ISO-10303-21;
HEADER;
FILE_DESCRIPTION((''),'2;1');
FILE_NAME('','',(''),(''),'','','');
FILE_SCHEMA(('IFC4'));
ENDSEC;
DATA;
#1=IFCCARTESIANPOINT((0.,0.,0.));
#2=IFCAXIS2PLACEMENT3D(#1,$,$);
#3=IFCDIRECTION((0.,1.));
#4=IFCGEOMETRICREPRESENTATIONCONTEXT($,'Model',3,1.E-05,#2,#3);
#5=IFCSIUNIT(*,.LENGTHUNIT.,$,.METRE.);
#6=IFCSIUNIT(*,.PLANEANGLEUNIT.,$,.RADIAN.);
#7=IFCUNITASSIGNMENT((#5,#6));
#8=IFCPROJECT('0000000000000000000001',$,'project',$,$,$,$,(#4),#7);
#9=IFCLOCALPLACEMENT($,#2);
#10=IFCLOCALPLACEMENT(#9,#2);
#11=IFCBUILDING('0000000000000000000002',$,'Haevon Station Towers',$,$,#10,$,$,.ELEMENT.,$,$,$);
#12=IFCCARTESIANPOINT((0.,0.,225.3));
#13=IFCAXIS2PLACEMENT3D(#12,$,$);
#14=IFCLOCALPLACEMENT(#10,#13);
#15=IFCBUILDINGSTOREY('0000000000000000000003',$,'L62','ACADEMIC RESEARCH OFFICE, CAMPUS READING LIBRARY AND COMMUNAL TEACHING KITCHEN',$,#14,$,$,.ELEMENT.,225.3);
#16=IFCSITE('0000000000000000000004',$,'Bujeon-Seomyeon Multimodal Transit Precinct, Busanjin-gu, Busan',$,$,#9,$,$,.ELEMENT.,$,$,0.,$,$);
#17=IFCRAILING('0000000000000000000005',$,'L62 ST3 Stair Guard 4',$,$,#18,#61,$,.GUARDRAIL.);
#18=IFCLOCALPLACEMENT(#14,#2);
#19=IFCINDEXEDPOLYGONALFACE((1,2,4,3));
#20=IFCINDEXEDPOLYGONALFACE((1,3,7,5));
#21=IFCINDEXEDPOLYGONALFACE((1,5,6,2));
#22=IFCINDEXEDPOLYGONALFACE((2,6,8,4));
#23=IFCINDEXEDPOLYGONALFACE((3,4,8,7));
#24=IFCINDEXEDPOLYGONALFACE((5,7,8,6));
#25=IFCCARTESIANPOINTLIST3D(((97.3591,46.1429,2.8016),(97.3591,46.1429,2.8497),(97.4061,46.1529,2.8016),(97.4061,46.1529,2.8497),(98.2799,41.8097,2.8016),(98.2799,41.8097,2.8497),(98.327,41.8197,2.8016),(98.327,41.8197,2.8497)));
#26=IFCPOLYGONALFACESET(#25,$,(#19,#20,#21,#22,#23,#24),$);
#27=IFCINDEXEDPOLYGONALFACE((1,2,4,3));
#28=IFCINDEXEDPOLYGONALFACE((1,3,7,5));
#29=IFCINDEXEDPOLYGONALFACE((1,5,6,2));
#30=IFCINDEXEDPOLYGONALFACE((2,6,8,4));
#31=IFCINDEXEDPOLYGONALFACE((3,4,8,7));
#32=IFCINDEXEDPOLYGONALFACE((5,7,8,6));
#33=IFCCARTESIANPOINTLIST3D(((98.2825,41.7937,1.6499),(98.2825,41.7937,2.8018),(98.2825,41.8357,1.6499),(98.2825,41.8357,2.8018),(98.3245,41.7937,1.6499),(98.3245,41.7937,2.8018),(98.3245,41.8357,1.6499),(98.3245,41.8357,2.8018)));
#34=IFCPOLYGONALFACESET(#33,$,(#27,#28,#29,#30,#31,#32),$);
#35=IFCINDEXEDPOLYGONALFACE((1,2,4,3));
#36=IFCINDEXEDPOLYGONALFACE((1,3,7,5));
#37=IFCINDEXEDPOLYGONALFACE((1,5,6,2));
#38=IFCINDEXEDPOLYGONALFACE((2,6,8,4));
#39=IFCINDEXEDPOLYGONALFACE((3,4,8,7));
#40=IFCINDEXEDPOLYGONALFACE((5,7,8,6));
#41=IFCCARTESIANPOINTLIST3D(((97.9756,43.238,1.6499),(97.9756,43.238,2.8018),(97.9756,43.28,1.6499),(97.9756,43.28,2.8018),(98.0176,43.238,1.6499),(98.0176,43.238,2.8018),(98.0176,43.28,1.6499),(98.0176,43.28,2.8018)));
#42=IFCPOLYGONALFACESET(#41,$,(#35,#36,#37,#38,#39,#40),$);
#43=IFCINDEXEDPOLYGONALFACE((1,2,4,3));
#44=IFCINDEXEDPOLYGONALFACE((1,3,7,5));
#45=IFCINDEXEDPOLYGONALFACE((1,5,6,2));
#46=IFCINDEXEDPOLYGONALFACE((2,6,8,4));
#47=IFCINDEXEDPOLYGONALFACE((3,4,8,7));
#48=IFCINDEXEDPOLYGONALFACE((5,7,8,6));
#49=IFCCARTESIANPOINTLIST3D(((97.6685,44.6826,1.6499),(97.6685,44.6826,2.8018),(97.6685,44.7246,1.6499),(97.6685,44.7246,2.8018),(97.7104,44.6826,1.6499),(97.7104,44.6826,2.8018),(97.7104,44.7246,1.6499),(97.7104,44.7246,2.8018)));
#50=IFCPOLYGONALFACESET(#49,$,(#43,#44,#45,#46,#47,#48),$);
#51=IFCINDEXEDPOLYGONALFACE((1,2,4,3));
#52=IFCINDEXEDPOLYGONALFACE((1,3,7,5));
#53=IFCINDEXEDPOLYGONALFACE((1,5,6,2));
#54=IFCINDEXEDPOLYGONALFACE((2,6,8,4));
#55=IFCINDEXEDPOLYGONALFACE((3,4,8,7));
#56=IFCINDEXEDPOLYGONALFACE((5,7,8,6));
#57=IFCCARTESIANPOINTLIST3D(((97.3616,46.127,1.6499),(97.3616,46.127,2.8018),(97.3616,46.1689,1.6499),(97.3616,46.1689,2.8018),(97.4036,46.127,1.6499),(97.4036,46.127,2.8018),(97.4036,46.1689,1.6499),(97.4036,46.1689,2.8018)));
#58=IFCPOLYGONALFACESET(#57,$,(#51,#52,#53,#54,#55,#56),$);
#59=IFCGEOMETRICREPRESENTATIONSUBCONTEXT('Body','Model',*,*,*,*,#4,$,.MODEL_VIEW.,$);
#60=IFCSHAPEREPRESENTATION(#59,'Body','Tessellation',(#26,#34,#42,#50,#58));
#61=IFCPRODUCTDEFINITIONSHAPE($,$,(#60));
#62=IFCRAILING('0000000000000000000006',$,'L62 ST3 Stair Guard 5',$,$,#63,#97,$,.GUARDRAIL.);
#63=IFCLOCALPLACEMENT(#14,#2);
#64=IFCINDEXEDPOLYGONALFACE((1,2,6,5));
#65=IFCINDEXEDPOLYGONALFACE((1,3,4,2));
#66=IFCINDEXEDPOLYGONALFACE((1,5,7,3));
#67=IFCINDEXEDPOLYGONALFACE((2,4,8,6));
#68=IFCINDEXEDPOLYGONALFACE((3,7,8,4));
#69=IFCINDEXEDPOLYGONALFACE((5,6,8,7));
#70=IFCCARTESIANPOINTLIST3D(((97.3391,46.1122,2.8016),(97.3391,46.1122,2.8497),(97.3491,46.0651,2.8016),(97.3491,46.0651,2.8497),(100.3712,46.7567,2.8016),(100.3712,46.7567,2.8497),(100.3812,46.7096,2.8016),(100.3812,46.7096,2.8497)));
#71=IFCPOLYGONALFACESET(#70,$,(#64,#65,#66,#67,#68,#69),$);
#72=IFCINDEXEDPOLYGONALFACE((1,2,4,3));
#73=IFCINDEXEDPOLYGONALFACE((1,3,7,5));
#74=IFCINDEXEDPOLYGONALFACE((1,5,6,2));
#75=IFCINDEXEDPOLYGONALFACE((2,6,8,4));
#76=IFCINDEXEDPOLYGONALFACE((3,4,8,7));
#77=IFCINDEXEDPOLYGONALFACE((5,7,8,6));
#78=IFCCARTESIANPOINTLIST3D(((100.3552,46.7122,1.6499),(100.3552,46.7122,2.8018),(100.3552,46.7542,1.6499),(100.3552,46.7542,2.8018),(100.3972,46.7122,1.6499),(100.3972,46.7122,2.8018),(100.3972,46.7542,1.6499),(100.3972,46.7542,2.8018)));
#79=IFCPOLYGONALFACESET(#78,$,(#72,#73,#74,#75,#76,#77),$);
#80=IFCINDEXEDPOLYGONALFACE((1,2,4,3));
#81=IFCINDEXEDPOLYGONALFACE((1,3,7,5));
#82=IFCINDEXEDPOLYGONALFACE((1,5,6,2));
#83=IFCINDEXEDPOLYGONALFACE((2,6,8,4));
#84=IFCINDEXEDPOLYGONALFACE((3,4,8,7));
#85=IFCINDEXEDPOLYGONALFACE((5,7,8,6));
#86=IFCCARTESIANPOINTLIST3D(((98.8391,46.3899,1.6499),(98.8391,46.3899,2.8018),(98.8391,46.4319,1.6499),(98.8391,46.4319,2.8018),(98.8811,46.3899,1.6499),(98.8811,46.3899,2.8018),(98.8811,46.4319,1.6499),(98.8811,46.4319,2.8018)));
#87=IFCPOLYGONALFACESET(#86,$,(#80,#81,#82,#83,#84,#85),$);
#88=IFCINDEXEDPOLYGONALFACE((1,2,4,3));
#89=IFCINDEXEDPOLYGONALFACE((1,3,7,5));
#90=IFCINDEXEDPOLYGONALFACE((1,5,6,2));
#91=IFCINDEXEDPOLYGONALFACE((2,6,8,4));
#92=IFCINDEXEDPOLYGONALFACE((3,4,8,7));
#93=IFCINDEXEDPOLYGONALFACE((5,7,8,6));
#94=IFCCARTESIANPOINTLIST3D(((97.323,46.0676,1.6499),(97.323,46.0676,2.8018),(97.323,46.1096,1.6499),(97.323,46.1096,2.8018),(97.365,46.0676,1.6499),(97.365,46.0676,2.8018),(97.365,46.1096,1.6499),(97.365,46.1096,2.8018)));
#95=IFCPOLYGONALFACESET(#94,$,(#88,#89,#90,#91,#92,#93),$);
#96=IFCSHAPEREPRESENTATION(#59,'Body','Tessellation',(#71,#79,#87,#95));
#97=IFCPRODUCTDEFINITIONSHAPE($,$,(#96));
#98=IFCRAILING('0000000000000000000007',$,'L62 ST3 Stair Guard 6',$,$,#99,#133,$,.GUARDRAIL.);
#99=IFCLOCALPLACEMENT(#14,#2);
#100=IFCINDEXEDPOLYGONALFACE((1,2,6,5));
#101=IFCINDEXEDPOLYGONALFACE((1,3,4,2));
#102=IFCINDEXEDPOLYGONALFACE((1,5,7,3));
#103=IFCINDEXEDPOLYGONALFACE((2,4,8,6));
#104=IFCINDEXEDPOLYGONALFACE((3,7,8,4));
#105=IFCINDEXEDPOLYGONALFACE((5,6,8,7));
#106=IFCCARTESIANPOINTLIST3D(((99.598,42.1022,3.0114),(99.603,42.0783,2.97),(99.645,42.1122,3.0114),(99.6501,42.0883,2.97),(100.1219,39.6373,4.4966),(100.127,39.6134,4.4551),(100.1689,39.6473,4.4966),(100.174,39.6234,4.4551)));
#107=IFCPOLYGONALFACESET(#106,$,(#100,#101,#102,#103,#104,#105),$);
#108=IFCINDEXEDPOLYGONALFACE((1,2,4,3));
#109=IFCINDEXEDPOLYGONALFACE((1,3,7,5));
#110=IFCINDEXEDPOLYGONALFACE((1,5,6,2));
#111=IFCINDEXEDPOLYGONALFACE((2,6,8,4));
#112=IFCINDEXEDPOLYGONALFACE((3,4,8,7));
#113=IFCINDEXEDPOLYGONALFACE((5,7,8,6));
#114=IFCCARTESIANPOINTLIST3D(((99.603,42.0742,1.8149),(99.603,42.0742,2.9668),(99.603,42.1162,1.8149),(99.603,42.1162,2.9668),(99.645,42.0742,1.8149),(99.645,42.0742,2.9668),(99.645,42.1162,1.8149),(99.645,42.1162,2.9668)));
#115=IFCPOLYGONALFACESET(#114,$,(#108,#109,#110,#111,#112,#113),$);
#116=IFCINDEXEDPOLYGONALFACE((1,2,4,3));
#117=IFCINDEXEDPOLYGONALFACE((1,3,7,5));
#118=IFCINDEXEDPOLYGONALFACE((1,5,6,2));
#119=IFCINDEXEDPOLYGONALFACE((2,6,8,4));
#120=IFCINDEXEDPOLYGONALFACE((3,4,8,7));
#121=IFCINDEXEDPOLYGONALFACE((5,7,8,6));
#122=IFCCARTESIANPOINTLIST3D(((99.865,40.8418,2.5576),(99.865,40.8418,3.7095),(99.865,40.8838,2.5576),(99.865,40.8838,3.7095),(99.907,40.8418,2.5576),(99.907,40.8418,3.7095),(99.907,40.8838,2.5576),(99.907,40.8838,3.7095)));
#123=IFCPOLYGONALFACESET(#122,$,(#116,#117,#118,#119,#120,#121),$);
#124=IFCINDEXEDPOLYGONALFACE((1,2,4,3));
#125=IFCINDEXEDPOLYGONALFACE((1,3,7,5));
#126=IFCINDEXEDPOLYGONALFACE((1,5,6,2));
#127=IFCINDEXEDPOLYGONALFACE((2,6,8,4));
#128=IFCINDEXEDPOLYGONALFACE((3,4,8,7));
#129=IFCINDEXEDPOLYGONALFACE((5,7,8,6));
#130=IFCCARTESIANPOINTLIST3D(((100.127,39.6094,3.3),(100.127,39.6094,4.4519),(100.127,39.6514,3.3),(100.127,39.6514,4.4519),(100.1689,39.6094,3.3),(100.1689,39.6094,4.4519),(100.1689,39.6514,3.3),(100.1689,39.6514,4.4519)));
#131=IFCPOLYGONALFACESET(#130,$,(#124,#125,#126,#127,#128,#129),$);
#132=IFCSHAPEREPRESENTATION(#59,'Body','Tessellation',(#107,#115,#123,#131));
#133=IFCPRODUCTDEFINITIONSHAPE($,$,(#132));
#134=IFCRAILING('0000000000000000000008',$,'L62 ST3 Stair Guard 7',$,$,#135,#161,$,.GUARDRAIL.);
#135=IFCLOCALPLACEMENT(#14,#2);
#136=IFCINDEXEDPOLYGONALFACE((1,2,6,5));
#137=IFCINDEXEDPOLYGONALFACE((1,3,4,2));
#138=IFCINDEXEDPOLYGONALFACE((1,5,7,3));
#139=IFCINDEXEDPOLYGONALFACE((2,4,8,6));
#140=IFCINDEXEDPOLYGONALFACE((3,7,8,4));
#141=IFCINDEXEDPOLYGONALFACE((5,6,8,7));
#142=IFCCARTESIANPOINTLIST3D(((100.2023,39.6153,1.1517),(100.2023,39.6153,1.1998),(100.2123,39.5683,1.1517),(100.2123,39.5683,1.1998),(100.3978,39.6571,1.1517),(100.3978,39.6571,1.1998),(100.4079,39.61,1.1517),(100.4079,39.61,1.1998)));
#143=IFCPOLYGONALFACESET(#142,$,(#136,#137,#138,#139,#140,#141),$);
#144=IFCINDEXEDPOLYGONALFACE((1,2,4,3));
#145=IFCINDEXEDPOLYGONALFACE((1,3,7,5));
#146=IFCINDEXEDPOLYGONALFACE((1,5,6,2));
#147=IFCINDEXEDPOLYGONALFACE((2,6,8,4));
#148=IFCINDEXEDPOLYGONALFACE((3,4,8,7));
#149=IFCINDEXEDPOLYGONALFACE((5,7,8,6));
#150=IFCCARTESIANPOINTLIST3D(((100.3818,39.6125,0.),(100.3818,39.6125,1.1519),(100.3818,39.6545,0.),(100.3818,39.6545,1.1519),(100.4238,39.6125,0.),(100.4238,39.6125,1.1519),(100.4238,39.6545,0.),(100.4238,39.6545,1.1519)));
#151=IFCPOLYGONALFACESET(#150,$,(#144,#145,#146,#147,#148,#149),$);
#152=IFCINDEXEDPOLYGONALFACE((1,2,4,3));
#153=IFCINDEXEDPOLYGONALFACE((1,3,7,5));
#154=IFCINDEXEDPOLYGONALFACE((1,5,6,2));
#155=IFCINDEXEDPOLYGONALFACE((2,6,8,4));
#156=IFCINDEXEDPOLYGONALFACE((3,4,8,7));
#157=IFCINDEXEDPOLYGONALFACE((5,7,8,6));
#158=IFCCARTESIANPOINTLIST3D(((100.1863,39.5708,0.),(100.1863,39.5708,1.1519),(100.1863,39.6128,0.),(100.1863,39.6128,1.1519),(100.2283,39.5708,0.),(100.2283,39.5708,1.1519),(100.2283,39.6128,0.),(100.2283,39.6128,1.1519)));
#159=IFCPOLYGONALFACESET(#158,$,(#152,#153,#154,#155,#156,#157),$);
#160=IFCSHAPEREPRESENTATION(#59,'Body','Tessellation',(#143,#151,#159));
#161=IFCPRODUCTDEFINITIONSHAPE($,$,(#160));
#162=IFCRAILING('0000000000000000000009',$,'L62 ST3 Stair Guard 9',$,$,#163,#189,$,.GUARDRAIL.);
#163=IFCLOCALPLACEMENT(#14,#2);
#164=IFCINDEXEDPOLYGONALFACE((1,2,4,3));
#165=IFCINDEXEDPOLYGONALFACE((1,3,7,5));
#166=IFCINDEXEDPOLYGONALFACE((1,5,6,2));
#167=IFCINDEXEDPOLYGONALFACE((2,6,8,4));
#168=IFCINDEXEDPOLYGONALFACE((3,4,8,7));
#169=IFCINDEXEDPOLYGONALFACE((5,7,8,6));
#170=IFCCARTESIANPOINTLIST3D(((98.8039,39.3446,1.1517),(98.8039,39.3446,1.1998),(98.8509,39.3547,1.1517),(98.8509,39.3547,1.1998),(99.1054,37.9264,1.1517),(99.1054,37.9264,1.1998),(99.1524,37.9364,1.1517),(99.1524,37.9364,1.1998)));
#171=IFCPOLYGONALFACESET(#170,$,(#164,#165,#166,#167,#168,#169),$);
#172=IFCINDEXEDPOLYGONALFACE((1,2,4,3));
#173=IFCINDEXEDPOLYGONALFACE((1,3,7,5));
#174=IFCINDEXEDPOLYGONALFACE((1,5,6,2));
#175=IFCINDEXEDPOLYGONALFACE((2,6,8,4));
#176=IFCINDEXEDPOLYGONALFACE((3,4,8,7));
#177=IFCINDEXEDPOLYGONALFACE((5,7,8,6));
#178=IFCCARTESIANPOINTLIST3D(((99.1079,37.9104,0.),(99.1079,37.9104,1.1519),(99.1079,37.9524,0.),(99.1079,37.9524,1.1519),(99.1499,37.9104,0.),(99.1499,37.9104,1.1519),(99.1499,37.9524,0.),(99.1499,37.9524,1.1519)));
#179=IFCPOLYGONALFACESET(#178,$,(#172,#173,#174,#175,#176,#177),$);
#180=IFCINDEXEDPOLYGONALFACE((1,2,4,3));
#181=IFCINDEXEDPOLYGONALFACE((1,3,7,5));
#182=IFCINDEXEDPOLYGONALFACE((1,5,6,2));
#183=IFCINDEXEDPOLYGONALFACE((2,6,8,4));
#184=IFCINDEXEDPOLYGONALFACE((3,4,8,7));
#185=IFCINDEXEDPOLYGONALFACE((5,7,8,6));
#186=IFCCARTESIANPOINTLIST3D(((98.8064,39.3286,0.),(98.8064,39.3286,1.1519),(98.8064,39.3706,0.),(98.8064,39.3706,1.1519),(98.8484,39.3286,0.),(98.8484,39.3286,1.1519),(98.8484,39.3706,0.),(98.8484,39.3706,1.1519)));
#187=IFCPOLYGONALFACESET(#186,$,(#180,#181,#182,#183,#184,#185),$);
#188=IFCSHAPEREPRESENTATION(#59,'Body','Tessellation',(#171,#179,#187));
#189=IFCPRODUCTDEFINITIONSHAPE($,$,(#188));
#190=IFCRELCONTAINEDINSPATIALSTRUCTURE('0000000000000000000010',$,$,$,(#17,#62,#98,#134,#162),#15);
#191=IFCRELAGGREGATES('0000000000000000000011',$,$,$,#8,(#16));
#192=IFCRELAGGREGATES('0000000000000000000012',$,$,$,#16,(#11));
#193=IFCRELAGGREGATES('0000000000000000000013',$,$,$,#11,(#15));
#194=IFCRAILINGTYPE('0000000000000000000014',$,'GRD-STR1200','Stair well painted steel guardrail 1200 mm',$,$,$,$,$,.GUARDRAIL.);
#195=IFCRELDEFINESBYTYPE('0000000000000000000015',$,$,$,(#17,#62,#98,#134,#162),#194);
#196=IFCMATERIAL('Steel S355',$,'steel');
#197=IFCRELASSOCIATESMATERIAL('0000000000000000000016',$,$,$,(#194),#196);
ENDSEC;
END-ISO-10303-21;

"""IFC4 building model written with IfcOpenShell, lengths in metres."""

from ifc_helpers import new_model, si_unit, direction, frame, origin, origin_2d, place, context, subcontext, project, spatial, rectangle, extrude, material, type_object, element, save


model = new_model("IFC4")

# Units and contexts
model_context = context("Model", 3, precision=1e-05, world=origin(), true_north=direction((0.0, 1.0)))
body_context = subcontext(model_context, "Body", "Model", "MODEL_VIEW")
ifc_project = project(units=[si_unit("LENGTHUNIT", "METRE"), si_unit("PLANEANGLEUNIT", "RADIAN")], contexts=[model_context])

# Site, building, storey
site_placement = place(None, origin())
site = spatial("IfcSite", under=ifc_project, at=site_placement, Name="Bujeon-Seomyeon Multimodal Transit Precinct, Busanjin-gu, Busan", CompositionType="ELEMENT", RefElevation=0.0)
building_placement = place(site_placement, origin())
building = spatial("IfcBuilding", under=site, at=building_placement, Name="Haevon Station Towers", CompositionType="ELEMENT")
storey_placement = place(building_placement, frame((0.0, 0.0, 225.3)))
storey = spatial("IfcBuildingStorey", under=building, at=storey_placement, Name="L62", Description="ACADEMIC RESEARCH OFFICE, CAMPUS READING LIBRARY AND COMMUNAL TEACHING KITCHEN", CompositionType="ELEMENT", Elevation=225.3)

# Shared definitions
ifc_material_1 = material(Name="Steel S355", Category="steel")

# Railings
railing_type_1 = type_object("IfcRailingType", Name="GRD-STR1200", Description="Stair well painted steel guardrail 1200 mm", PredefinedType="GUARDRAIL", material=ifc_material_1)
railing_1_placement = place(storey_placement, frame((98.3035, 41.8147, 1.6499)))
element("IfcRailing", 1, at=railing_1_placement, inside=storey, type_object=railing_type_1, Name="L62 ST3 Stair Guard 4", PredefinedType="GUARDRAIL", context=body_context, shape_type="SweptSolid", body=[
    extrude(rectangle(XDim=0.0481, YDim=0.0481, at=origin_2d()), frame((0.0, 0.0, 1.1758), z_axis=(-0.207877, 0.978155, 0.0), x_axis=(-0.978155, -0.207877, 0.0)), (0.0, 0.0, 1.0), 4.4299),
    extrude(rectangle(XDim=0.042, YDim=0.042, at=origin_2d()), origin(), (0.0, 0.0, 1.0), 1.1519),
    extrude(rectangle(XDim=0.042, YDim=0.042, at=origin_2d()), frame((-0.3069, 1.4443, 0.0)), (0.0, 0.0, 1.0), 1.1519),
    extrude(rectangle(XDim=0.042, YDim=0.042, at=origin_2d()), frame((-0.614, 2.8889, 0.0)), (0.0, 0.0, 1.0), 1.1519),
    extrude(rectangle(XDim=0.042, YDim=0.042, at=origin_2d()), frame((-0.9209, 4.3333, 0.0)), (0.0, 0.0, 1.0), 1.1519),
])
railing_2_placement = place(storey_placement, frame((100.3762, 46.7332, 1.6499)))
element("IfcRailing", 2, at=railing_2_placement, inside=storey, type_object=railing_type_1, Name="L62 ST3 Stair Guard 5", PredefinedType="GUARDRAIL", context=body_context, shape_type="SweptSolid", body=[
    extrude(rectangle(XDim=0.0481, YDim=0.0481, at=origin_2d()), frame((0.0, 0.0, 1.1758), z_axis=(-0.978147, -0.207915, 0.0), x_axis=(0.207915, -0.978147, 0.0)), (0.0, 0.0, 1.0), 3.0999),
    extrude(rectangle(XDim=0.042, YDim=0.042, at=origin_2d()), origin(), (0.0, 0.0, 1.0), 1.1519),
    extrude(rectangle(XDim=0.042, YDim=0.042, at=origin_2d()), frame((-1.5161, -0.3223, 0.0)), (0.0, 0.0, 1.0), 1.1519),
    extrude(rectangle(XDim=0.042, YDim=0.042, at=origin_2d()), frame((-3.0322, -0.6445, 0.0)), (0.0, 0.0, 1.0), 1.1519),
])
railing_3_placement = place(storey_placement, frame((99.624, 42.0952, 1.8149)))
element("IfcRailing", 3, at=railing_3_placement, inside=storey, type_object=railing_type_1, Name="L62 ST3 Stair Guard 6", PredefinedType="GUARDRAIL", context=body_context, shape_type="SweptSolid", body=[
    extrude(rectangle(XDim=0.0481, YDim=0.0481, at=origin_2d()), frame((0.0, 0.0, 1.1758), z_axis=(0.179121, -0.842688, 0.507733), x_axis=(0.978147, 0.207914, 0.0)), (0.0, 0.0, 1.0), 2.925),
    extrude(rectangle(XDim=0.042, YDim=0.042, at=origin_2d()), origin(), (0.0, 0.0, 1.0), 1.1519),
    extrude(rectangle(XDim=0.042, YDim=0.042, at=origin_2d()), frame((0.262, -1.2324, 0.7427)), (0.0, 0.0, 1.0), 1.1519),
    extrude(rectangle(XDim=0.042, YDim=0.042, at=origin_2d()), frame((0.5239, -2.4648, 1.4851)), (0.0, 0.0, 1.0), 1.1519),
])
railing_4_placement = place(storey_placement, frame((100.4028, 39.6335, 0.0)))
element("IfcRailing", 4, at=railing_4_placement, inside=storey, type_object=railing_type_1, Name="L62 ST3 Stair Guard 7", PredefinedType="GUARDRAIL", context=body_context, shape_type="SweptSolid", body=[
    extrude(rectangle(XDim=0.0481, YDim=0.0481, at=origin_2d()), frame((0.0, 0.0, 1.1758), z_axis=(-0.977963, -0.208779, 0.0), x_axis=(0.208779, -0.977963, 0.0)), (0.0, 0.0, 1.0), 0.2),
    extrude(rectangle(XDim=0.042, YDim=0.042, at=origin_2d()), origin(), (0.0, 0.0, 1.0), 1.1519),
    extrude(rectangle(XDim=0.042, YDim=0.042, at=origin_2d()), frame((-0.1956, -0.0417, 0.0)), (0.0, 0.0, 1.0), 1.1519),
])
railing_5_placement = place(storey_placement, frame((99.1289, 37.9314, 0.0)))
element("IfcRailing", 5, at=railing_5_placement, inside=storey, type_object=railing_type_1, Name="L62 ST3 Stair Guard 9", PredefinedType="GUARDRAIL", context=body_context, shape_type="SweptSolid", body=[
    extrude(rectangle(XDim=0.0481, YDim=0.0481, at=origin_2d()), frame((0.0, 0.0, 1.1758), z_axis=(-0.207953, 0.978139, 0.0), x_axis=(-0.978139, -0.207953, 0.0)), (0.0, 0.0, 1.0), 1.45),
    extrude(rectangle(XDim=0.042, YDim=0.042, at=origin_2d()), origin(), (0.0, 0.0, 1.0), 1.1519),
    extrude(rectangle(XDim=0.042, YDim=0.042, at=origin_2d()), frame((-0.3015, 1.4182, 0.0)), (0.0, 0.0, 1.0), 1.1519),
])

save(model, "model.ifc")
